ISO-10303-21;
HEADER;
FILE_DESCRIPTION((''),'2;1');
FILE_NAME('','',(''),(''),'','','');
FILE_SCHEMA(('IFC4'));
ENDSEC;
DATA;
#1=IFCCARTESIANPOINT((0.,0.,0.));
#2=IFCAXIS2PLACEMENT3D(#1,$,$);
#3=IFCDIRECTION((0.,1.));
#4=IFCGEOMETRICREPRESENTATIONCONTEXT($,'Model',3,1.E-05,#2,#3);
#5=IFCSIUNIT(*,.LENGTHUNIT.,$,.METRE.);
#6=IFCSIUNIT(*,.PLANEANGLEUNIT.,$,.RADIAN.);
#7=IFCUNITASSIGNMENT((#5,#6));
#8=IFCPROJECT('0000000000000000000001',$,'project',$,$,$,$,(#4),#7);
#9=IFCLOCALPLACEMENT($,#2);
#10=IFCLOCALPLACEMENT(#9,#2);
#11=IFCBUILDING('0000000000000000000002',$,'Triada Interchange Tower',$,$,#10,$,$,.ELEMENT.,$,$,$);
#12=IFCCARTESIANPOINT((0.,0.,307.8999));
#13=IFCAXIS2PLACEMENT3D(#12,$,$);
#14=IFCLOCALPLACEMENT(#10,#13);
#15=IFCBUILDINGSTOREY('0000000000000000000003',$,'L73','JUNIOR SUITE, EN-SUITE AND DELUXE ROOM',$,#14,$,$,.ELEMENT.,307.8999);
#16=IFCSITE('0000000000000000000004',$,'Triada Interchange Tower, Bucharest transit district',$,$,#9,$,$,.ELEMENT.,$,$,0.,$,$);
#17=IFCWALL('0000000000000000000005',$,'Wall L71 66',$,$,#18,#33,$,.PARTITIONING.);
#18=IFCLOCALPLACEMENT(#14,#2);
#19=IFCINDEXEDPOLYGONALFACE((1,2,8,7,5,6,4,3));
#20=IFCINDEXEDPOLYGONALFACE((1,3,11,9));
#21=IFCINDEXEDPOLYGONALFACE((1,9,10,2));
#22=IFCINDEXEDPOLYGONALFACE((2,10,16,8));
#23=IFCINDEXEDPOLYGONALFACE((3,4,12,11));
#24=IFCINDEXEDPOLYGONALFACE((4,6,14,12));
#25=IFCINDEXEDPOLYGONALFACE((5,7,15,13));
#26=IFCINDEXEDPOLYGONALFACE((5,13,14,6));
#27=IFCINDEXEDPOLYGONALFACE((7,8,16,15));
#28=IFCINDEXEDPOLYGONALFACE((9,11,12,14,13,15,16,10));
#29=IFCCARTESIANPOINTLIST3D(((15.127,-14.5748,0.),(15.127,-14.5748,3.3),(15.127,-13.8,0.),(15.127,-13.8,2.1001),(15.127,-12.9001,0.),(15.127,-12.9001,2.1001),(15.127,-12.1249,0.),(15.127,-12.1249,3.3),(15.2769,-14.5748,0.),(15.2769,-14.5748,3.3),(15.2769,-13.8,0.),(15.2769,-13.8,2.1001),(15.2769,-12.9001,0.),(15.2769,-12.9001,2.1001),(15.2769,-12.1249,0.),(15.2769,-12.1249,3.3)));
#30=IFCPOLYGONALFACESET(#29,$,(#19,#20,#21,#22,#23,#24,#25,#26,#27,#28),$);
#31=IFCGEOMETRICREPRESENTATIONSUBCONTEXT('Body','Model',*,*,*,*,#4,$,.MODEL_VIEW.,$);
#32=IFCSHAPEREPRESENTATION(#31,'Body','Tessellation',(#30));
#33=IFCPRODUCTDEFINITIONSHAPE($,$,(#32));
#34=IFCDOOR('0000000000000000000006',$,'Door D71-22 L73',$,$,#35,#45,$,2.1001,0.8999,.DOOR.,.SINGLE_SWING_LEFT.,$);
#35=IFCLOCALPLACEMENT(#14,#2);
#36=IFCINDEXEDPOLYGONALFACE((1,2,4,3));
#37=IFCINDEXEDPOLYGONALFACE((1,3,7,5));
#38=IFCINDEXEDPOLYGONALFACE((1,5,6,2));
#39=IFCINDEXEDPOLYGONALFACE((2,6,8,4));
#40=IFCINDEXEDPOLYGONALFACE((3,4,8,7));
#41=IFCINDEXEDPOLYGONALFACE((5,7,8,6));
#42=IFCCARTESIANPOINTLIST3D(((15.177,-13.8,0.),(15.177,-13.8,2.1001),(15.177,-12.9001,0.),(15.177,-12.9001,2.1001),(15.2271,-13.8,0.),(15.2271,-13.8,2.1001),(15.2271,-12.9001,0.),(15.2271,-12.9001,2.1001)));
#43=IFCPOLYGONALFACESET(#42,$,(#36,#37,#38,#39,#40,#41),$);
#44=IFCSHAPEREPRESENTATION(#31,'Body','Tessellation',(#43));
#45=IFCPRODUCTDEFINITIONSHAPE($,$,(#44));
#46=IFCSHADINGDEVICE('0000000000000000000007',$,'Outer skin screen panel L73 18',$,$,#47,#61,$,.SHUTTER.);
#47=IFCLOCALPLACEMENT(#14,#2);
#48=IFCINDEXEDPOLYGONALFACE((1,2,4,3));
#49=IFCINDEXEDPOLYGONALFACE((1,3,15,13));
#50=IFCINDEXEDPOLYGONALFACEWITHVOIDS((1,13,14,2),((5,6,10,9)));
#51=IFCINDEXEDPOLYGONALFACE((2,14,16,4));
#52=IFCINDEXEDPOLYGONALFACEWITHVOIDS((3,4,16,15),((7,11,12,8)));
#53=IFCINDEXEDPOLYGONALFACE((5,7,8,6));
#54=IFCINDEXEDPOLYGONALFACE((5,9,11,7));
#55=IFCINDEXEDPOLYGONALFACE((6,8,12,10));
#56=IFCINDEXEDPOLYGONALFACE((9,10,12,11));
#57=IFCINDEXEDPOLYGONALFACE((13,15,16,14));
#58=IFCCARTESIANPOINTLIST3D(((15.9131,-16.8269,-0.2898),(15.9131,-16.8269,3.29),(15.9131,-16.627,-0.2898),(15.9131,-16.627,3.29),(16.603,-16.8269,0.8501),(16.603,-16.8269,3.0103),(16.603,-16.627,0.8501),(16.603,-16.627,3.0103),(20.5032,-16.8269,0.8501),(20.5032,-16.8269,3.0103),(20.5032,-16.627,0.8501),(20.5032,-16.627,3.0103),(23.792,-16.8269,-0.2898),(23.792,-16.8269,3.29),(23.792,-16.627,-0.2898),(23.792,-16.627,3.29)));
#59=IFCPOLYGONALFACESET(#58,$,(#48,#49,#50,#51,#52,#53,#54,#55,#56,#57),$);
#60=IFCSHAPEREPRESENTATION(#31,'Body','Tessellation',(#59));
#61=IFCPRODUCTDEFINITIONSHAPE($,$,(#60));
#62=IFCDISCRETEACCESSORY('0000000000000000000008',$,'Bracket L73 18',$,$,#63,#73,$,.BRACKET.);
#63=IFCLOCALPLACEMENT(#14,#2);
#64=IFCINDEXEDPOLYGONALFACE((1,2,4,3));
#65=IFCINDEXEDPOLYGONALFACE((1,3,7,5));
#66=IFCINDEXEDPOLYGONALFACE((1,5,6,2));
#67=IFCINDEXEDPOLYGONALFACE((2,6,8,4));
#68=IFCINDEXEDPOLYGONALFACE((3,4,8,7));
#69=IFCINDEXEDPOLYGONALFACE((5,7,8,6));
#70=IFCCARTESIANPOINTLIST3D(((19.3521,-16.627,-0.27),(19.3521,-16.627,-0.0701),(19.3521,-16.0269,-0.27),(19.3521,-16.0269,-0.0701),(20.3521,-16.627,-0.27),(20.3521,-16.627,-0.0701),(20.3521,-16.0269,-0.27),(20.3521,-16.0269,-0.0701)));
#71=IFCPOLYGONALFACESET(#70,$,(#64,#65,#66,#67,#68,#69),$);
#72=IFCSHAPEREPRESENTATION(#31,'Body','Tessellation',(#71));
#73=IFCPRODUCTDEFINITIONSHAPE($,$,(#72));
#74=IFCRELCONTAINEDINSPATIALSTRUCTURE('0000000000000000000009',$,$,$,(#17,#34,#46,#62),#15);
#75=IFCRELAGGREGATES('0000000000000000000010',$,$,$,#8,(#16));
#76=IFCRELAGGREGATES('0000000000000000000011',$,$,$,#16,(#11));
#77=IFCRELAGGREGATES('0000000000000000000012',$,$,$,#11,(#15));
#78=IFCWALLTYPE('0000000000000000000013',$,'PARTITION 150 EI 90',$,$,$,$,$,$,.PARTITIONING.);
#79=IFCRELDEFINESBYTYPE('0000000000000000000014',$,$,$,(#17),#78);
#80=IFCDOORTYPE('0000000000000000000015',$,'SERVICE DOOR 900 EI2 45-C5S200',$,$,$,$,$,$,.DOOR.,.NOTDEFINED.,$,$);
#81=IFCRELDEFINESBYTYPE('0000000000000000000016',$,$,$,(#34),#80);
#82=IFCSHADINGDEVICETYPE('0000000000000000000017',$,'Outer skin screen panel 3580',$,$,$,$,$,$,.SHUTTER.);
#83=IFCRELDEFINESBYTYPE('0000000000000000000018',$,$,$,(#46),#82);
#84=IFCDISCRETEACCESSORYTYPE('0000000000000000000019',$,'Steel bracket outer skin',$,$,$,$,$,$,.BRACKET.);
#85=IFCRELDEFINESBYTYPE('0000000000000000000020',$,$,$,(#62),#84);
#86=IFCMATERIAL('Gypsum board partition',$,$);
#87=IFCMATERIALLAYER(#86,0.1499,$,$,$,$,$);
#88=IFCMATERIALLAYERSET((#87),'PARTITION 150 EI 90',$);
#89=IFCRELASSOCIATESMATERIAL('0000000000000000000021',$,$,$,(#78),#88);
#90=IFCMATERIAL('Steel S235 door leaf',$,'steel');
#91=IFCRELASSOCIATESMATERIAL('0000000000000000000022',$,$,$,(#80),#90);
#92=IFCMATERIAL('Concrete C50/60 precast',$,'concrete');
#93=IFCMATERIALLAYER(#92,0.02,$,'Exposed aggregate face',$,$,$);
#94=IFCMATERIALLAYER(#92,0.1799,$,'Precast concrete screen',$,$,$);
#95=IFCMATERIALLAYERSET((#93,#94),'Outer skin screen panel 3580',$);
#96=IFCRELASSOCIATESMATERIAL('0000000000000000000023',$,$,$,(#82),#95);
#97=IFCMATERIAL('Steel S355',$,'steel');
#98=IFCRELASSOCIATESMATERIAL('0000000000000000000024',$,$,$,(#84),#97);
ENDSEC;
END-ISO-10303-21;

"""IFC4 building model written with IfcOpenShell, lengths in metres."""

from ifc_helpers import new_model, si_unit, direction, frame, frame_2d, origin, origin_2d, place, context, subcontext, project, spatial, polyline, rectangle, outline, extrude, material, layer, layer_set, type_object, element, fill, save


model = new_model("IFC4")

# Units and contexts
model_context = context("Model", 3, precision=1e-05, world=origin(), true_north=direction((0.0, 1.0)))
body_context = subcontext(model_context, "Body", "Model", "MODEL_VIEW")
ifc_project = project(units=[si_unit("LENGTHUNIT", "METRE"), si_unit("PLANEANGLEUNIT", "RADIAN")], contexts=[model_context])

# Site, building, storey
site_placement = place(None, origin())
site = spatial("IfcSite", under=ifc_project, at=site_placement, Name="Triada Interchange Tower, Bucharest transit district", CompositionType="ELEMENT", RefElevation=0.0)
building_placement = place(site_placement, origin())
building = spatial("IfcBuilding", under=site, at=building_placement, Name="Triada Interchange Tower", CompositionType="ELEMENT")
storey_placement = place(building_placement, frame((0.0, 0.0, 307.8999)))
storey = spatial("IfcBuildingStorey", under=building, at=storey_placement, Name="L73", Description="JUNIOR SUITE, EN-SUITE AND DELUXE ROOM", CompositionType="ELEMENT", Elevation=307.8999)

# Shared definitions
ifc_material_1 = material(Name="Gypsum board partition")
ifc_layer_1 = layer(ifc_material_1, 0.1499)
ifc_layer_set_1 = layer_set([ifc_layer_1], Name="PARTITION 150 EI 90")
wall_type_1 = type_object("IfcWallType", Name="PARTITION 150 EI 90", PredefinedType="PARTITIONING", material=ifc_layer_set_1)

# Wall, opening, door
wall_1_placement = place(storey_placement, frame((15.2019, -14.575, 0.0), z_axis=(0.0, 0.0, 1.0), x_axis=(0.0, 1.0, 0.0)))
wall_1 = element("IfcWall", 1, at=wall_1_placement, inside=storey, type_object=wall_type_1, Name="Wall L71 66", PredefinedType="PARTITIONING", context=body_context, shape_type="SweptSolid", body=[
    extrude(rectangle(XDim=2.45, YDim=0.1499, at=frame_2d((1.2251, 0.0))), origin(), (0.0, 0.0, 1.0), 3.3),
])
opening_1_placement = place(wall_1_placement, frame((0.7749, 0.0, 0.0)))
opening_1 = element("IfcOpeningElement", 2, at=opening_1_placement, cuts=wall_1, PredefinedType="OPENING", context=body_context, shape_type="SweptSolid", body=[
    extrude(rectangle(XDim=0.8999, YDim=2.1001, at=frame_2d((0.45, 1.05))), frame((0.0, 0.085, 0.0), z_axis=(0.0, -1.0, 0.0), x_axis=(1.0, 0.0, 0.0)), (0.0, 0.0, 1.0), 0.1699),
])
ifc_material_2 = material(Name="Steel S235 door leaf", Category="steel")
door_type = type_object("IfcDoorType", Name="SERVICE DOOR 900 EI2 45-C5S200", OperationType="NOTDEFINED", PredefinedType="DOOR", material=ifc_material_2)
door_placement = place(opening_1_placement, origin())
door = element("IfcDoor", 3, at=door_placement, inside=storey, type_object=door_type, Name="Door D71-22 L73", OperationType="SINGLE_SWING_LEFT", OverallHeight=2.1001, OverallWidth=0.8999, PredefinedType="DOOR", context=body_context, shape_type="SweptSolid", body=[
    extrude(rectangle(XDim=0.8999, YDim=2.1001, at=frame_2d((0.45, 1.05))), frame((0.0, 0.0249, 0.0), z_axis=(0.0, -1.0, 0.0), x_axis=(1.0, 0.0, 0.0)), (0.0, 0.0, 1.0), 0.05),
])
fill(opening_1, door)

# Shading device
ifc_material_3 = material(Name="Concrete C50/60 precast", Category="concrete")
ifc_layer_2 = layer(ifc_material_3, 0.02, Name="Exposed aggregate face")
ifc_layer_3 = layer(ifc_material_3, 0.1799, Name="Precast concrete screen")
ifc_layer_set_2 = layer_set([ifc_layer_2, ifc_layer_3], Name="Outer skin screen panel 3580")
shading_device_type = type_object("IfcShadingDeviceType", Name="Outer skin screen panel 3580", PredefinedType="SHUTTER", material=ifc_layer_set_2)
shading_device_placement = place(storey_placement, frame((15.9131, -16.627, -0.2898), z_axis=(0.0, 0.0, 1.0), x_axis=(1.0, 0.0, 0.0)))
element("IfcShadingDevice", 4, at=shading_device_placement, inside=storey, type_object=shading_device_type, Name="Outer skin screen panel L73 18", PredefinedType="SHUTTER", context=body_context, shape_type="SweptSolid", body=[
    extrude(outline(polyline([(0.0, 0.0), (7.8789, 0.0), (7.8789, 3.5798), (0.0, 3.5798), (0.0, 0.0)]), holes=[polyline([(0.6899, 1.1399), (0.6899, 3.3), (4.5901, 3.3), (4.5901, 1.1399), (0.6899, 1.1399)])]), frame((0.0, 0.0, 0.0), z_axis=(0.0, -1.0, 0.0), x_axis=(1.0, 0.0, 0.0)), (0.0, 0.0, 1.0), 0.2),
])

# Discrete accessory
ifc_material_4 = material(Name="Steel S355", Category="steel")
discrete_accessory_type = type_object("IfcDiscreteAccessoryType", Name="Steel bracket outer skin", PredefinedType="BRACKET", material=ifc_material_4)
discrete_accessory_placement = place(storey_placement, frame((19.8521, -16.3269, -0.27), z_axis=(0.0, 0.0, 1.0), x_axis=(0.0, -1.0, 0.0)))
element("IfcDiscreteAccessory", 5, at=discrete_accessory_placement, inside=storey, type_object=discrete_accessory_type, Name="Bracket L73 18", PredefinedType="BRACKET", context=body_context, shape_type="SweptSolid", body=[
    extrude(rectangle(XDim=0.6001, YDim=1.0, at=origin_2d()), origin(), (0.0, 0.0, 1.0), 0.2),
])

save(model, "model.ifc")
